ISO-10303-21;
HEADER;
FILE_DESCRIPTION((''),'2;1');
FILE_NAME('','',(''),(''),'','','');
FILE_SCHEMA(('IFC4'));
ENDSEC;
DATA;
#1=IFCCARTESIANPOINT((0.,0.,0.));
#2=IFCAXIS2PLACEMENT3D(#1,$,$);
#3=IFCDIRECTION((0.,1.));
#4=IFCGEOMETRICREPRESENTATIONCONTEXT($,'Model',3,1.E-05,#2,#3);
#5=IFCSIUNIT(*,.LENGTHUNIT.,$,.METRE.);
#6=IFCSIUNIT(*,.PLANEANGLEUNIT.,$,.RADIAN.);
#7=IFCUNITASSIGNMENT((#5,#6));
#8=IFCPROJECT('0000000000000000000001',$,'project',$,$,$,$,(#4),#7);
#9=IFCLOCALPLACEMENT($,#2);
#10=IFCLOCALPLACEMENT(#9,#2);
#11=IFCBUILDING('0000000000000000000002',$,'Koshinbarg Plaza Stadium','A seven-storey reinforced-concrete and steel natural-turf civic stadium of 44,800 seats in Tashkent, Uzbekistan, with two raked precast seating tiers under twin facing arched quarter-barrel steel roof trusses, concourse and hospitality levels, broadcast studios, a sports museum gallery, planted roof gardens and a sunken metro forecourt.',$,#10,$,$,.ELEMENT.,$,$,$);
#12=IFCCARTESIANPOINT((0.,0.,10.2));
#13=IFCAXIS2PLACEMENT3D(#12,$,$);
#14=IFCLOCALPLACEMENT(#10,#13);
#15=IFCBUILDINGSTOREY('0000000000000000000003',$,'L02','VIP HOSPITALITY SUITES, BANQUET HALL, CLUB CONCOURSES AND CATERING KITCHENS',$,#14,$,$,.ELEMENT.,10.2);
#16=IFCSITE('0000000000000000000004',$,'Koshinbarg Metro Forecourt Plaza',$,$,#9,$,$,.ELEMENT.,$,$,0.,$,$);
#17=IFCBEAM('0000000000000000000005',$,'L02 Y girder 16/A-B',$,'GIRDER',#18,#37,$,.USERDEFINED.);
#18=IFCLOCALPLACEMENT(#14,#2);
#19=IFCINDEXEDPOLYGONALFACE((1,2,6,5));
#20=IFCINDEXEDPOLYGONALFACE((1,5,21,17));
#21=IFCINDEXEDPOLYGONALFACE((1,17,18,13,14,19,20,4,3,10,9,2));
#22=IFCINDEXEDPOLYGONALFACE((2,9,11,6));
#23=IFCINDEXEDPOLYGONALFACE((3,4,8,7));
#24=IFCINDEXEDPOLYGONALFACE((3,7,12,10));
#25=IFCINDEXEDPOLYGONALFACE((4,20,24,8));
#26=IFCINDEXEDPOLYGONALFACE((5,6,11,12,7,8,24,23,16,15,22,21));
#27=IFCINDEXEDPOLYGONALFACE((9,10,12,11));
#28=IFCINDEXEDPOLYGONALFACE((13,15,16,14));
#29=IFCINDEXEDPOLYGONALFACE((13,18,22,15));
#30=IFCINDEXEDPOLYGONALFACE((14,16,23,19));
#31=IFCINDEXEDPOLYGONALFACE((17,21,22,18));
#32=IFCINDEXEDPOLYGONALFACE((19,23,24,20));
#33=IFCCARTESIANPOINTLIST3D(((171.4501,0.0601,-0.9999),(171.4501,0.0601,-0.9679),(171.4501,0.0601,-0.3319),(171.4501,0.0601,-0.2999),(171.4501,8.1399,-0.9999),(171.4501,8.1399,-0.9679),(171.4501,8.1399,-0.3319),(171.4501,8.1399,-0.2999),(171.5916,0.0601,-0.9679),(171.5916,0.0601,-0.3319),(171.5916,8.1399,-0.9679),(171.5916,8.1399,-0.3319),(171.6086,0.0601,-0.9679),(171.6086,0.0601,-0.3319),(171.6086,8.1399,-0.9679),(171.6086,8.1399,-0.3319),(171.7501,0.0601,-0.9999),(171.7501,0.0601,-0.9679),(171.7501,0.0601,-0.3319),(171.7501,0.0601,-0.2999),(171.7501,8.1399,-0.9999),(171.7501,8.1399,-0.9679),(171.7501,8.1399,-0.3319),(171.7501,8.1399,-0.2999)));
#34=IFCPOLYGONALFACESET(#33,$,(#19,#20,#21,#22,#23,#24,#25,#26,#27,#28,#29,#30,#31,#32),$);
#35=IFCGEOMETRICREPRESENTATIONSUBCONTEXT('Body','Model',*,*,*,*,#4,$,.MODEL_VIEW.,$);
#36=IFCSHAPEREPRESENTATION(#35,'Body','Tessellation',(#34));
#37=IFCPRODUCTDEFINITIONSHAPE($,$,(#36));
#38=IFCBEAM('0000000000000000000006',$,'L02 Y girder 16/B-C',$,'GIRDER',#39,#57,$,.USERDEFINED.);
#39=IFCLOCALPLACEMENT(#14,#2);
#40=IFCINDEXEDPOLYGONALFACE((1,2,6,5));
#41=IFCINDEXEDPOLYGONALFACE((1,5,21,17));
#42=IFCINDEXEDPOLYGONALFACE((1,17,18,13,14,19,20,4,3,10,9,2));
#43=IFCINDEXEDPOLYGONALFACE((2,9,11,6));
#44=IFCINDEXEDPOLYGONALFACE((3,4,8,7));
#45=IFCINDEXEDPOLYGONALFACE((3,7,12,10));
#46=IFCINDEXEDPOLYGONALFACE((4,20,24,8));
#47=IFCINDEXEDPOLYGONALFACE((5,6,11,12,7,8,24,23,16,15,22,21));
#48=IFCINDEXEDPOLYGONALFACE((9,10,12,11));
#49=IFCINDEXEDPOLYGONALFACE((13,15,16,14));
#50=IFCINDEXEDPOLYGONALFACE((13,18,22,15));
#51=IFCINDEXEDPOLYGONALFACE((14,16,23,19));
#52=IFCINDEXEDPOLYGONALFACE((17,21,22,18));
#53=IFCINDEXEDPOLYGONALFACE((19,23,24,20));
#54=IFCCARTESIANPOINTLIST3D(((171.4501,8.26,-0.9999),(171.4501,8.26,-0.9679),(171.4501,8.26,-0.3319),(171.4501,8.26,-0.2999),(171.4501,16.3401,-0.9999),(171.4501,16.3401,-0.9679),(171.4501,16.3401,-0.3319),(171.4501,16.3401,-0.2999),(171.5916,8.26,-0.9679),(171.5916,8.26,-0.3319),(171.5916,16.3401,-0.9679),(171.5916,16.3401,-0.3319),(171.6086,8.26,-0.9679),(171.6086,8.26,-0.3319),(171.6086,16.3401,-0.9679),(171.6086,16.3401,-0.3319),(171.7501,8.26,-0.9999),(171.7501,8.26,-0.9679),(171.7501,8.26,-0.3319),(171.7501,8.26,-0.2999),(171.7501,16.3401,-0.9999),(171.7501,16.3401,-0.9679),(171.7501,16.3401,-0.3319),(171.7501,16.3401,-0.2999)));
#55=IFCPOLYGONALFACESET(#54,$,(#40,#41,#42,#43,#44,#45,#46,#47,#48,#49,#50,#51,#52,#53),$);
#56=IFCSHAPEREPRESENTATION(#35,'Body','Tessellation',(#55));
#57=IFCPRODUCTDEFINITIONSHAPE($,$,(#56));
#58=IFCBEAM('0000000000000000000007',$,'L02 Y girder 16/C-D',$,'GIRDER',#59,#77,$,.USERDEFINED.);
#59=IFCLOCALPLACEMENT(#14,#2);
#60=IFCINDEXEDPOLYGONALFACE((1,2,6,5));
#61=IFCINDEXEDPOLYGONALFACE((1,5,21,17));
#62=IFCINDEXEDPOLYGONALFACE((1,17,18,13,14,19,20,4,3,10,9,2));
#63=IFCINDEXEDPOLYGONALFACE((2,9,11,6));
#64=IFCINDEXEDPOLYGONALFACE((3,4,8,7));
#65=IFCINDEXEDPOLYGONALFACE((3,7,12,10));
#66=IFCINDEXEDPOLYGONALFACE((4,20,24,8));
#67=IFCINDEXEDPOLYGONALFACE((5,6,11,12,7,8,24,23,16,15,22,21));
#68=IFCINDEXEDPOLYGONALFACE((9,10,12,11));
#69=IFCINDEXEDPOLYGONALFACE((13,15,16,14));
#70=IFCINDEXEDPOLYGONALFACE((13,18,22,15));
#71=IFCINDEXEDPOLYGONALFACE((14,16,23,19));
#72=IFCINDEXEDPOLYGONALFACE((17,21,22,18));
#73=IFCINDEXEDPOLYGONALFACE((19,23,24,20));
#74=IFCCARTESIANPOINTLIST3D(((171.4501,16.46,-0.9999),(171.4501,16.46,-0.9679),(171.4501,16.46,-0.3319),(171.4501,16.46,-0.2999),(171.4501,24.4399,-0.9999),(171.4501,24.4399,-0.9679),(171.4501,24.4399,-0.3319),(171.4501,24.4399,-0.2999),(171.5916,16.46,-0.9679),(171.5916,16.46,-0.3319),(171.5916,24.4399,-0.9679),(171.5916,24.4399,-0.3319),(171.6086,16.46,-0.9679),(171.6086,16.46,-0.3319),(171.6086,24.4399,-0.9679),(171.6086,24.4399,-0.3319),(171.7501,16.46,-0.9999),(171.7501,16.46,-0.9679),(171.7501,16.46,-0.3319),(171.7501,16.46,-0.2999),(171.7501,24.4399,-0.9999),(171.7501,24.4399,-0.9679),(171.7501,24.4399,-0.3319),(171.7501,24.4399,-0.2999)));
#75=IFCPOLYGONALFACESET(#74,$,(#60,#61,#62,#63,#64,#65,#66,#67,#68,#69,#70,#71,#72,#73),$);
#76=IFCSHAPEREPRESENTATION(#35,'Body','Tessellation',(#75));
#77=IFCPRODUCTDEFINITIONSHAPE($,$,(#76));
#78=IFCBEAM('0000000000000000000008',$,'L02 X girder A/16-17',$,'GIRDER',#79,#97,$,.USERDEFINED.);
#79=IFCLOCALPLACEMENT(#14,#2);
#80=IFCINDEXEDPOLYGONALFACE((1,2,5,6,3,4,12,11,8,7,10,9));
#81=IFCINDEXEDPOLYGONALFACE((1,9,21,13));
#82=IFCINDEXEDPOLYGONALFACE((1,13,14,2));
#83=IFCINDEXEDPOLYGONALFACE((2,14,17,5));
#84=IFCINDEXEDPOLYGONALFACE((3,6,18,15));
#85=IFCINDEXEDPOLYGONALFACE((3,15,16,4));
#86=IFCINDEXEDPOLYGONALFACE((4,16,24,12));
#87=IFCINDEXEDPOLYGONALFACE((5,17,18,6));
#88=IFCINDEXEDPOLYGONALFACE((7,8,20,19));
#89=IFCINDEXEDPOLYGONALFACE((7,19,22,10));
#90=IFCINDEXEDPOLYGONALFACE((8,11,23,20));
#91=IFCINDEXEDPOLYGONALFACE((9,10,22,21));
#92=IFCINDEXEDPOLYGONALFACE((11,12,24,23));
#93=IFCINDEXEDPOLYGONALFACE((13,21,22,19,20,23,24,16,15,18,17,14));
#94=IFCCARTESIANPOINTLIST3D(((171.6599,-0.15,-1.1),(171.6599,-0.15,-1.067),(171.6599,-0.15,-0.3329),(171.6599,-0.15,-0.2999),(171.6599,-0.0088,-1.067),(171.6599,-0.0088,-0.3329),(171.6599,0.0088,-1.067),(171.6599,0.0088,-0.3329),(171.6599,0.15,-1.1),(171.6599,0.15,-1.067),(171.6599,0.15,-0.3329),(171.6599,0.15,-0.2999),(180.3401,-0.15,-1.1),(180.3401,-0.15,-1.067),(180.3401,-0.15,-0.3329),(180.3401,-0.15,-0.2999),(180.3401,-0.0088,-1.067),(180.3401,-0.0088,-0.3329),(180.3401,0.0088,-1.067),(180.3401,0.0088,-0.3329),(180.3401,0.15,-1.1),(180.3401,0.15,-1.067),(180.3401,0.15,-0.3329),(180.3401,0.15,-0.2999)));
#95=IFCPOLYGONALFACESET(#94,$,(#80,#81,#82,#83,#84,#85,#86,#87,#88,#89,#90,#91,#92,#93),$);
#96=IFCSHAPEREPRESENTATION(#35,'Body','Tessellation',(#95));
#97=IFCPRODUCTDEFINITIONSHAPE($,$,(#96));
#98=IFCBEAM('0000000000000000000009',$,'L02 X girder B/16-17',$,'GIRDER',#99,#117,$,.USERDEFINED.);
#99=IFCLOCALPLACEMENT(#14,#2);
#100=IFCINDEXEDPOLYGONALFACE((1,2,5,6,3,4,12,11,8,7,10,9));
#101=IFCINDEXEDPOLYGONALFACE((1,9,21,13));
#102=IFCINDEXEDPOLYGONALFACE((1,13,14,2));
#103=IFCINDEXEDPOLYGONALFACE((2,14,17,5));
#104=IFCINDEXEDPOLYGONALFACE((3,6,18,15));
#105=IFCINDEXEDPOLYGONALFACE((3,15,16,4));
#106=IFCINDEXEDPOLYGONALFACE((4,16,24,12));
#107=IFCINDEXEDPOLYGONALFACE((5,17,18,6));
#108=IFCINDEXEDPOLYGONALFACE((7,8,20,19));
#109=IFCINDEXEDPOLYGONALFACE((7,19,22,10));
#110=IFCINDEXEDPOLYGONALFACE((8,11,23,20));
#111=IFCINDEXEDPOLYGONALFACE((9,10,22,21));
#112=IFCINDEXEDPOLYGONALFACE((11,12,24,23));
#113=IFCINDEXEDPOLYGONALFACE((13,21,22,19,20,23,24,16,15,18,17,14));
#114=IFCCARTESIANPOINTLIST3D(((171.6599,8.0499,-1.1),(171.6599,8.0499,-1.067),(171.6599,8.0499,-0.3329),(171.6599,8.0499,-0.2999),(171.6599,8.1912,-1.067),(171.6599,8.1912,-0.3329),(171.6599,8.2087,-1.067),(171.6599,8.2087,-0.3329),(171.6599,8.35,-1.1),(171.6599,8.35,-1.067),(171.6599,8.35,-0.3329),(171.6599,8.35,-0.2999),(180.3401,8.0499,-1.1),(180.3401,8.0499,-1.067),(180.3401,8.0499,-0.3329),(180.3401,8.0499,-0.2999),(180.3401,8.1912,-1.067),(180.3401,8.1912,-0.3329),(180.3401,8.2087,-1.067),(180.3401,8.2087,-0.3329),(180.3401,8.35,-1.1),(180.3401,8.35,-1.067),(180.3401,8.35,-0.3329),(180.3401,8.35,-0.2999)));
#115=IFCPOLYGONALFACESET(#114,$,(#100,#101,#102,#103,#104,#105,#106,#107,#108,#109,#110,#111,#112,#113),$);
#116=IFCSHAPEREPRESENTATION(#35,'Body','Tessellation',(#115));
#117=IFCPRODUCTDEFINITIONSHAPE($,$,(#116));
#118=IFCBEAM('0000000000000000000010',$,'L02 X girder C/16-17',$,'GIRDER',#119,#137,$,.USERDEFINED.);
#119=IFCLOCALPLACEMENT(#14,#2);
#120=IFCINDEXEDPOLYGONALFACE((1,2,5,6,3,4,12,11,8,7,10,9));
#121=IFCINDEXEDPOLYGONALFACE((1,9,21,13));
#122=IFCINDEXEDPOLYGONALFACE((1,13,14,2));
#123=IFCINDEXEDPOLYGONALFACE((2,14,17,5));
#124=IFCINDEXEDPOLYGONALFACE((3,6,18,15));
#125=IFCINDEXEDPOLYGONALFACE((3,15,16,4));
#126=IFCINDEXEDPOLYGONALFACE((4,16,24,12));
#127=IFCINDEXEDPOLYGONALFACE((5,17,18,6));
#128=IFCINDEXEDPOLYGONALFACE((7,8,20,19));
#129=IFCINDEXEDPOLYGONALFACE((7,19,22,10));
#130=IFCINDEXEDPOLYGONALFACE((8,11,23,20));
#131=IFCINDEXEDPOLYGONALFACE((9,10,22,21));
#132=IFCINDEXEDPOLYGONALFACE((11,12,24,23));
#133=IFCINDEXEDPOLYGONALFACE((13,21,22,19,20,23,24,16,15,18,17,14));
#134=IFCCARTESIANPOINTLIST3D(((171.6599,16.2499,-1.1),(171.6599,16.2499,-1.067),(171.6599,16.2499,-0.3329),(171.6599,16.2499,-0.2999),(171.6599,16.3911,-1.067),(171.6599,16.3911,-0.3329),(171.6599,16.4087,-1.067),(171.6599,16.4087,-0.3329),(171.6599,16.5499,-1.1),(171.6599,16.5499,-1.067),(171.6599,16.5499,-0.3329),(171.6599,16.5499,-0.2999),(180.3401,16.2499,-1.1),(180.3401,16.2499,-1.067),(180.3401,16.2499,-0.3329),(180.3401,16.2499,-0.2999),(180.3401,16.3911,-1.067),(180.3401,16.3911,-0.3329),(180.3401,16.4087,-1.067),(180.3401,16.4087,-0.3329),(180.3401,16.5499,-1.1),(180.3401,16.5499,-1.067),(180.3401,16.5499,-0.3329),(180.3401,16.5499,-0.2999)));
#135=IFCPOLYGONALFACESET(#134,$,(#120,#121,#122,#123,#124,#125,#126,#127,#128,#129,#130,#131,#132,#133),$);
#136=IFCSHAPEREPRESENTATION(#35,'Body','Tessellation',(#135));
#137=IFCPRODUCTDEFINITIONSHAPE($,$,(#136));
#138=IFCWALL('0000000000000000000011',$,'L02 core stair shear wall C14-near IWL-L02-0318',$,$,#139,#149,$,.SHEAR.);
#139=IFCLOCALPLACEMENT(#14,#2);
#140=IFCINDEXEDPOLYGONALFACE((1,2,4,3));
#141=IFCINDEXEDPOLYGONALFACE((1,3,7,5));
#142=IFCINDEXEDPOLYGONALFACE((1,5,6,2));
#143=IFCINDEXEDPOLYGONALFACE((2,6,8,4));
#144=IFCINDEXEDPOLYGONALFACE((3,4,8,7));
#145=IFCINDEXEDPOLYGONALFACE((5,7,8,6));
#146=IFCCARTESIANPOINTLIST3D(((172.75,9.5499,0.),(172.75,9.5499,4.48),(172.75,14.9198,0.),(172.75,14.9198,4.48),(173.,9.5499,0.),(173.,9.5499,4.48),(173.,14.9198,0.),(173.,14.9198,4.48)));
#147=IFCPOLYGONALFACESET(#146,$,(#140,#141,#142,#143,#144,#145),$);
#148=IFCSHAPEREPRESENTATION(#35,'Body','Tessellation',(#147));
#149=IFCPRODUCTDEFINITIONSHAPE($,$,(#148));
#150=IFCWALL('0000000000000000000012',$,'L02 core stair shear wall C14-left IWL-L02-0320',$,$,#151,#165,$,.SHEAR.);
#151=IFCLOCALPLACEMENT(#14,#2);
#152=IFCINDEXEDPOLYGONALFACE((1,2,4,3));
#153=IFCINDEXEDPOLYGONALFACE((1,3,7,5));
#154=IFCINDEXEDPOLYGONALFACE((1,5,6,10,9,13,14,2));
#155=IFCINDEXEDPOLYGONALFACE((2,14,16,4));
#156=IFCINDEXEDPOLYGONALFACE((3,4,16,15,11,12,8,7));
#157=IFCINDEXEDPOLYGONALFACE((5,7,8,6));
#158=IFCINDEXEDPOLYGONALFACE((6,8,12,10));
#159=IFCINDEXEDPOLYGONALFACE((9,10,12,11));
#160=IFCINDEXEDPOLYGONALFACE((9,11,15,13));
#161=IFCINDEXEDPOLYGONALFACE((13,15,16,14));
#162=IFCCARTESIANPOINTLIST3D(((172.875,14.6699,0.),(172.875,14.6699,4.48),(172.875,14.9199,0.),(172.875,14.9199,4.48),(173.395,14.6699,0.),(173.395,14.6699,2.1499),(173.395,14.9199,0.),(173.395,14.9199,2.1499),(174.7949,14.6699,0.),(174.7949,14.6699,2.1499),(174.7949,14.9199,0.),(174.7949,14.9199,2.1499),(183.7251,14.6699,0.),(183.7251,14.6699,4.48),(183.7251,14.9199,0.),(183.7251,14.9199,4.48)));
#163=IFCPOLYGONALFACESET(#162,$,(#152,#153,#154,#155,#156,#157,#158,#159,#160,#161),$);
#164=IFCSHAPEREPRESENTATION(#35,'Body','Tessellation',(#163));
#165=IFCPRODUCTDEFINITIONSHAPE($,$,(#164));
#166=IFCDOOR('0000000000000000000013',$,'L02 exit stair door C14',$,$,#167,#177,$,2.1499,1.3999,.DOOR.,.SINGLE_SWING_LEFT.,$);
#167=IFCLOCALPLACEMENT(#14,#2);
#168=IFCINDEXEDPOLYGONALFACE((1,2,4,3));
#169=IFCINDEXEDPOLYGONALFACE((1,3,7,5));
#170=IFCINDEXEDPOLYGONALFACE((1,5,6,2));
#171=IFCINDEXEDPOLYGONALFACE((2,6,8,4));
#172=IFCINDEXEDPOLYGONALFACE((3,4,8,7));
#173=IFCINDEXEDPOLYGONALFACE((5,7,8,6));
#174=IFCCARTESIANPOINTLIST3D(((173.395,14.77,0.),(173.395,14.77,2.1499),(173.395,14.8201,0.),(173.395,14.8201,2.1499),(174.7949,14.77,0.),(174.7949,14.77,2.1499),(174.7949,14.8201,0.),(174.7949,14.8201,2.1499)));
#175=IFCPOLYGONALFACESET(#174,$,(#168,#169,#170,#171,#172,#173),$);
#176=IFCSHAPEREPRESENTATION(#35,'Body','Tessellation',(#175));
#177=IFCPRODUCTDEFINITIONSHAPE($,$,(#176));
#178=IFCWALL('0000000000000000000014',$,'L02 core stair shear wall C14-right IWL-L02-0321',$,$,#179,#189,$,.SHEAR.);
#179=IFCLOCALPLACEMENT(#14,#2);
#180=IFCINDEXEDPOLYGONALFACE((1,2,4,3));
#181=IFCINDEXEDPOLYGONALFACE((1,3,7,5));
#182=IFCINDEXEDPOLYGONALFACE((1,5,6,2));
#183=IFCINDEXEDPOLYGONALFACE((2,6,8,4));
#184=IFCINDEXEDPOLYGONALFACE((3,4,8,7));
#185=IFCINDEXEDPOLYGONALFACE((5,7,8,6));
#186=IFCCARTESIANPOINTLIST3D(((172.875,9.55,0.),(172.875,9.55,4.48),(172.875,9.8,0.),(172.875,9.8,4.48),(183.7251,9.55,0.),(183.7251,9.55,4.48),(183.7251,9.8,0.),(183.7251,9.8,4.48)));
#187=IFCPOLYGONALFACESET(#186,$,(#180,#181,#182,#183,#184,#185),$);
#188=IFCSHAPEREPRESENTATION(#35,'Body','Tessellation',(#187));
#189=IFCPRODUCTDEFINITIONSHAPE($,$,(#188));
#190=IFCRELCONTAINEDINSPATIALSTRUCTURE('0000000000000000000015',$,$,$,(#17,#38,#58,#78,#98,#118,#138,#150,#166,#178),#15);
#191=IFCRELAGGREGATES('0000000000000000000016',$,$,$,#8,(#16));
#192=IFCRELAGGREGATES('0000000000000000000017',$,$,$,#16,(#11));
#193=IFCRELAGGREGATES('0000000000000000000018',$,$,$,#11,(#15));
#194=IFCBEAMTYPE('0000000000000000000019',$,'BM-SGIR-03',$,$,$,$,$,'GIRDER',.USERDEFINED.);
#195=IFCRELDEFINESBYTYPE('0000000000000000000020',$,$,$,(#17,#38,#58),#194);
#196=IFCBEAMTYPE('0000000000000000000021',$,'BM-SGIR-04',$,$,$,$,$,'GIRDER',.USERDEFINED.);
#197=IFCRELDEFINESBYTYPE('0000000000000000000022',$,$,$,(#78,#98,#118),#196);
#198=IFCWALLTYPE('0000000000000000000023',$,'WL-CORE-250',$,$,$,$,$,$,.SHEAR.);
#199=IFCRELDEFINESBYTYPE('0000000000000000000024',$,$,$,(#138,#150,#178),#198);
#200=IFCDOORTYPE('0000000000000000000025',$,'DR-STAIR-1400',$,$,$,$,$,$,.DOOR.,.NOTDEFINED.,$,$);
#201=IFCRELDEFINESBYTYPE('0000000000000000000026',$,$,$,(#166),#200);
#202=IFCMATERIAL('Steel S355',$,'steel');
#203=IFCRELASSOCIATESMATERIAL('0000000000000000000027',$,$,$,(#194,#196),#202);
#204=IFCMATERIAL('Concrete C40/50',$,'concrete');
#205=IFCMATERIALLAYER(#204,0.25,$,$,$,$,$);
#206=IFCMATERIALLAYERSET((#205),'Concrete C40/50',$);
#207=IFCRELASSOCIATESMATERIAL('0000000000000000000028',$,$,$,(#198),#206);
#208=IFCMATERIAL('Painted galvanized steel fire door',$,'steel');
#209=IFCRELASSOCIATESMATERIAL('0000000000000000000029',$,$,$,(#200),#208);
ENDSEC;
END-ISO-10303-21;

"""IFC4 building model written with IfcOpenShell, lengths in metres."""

from ifc_helpers import new_model, si_unit, direction, frame, frame_2d, origin, origin_2d, place, context, subcontext, project, spatial, rectangle, i_section, extrude, material, layer, layer_set, material_profile, profile_set, type_object, element, fill, save


model = new_model("IFC4")

# Units and contexts
model_context = context("Model", 3, precision=1e-05, world=origin(), true_north=direction((0.0, 1.0)))
body_context = subcontext(model_context, "Body", "Model", "MODEL_VIEW")
ifc_project = project(units=[si_unit("LENGTHUNIT", "METRE"), si_unit("PLANEANGLEUNIT", "RADIAN")], contexts=[model_context])

# Site, building, storey
site_placement = place(None, origin())
site = spatial("IfcSite", under=ifc_project, at=site_placement, Name="Koshinbarg Metro Forecourt Plaza", CompositionType="ELEMENT", RefElevation=0.0)
building_placement = place(site_placement, origin())
building = spatial("IfcBuilding", under=site, at=building_placement, Name="Koshinbarg Plaza Stadium", Description="A seven-storey reinforced-concrete and steel natural-turf civic stadium of 44,800 seats in Tashkent, Uzbekistan, with two raked precast seating tiers under twin facing arched quarter-barrel steel roof trusses, concourse and hospitality levels, broadcast studios, a sports museum gallery, planted roof gardens and a sunken metro forecourt.", CompositionType="ELEMENT")
storey_placement = place(building_placement, frame((0.0, 0.0, 10.2)))
storey = spatial("IfcBuildingStorey", under=building, at=storey_placement, Name="L02", Description="VIP HOSPITALITY SUITES, BANQUET HALL, CLUB CONCOURSES AND CATERING KITCHENS", CompositionType="ELEMENT", Elevation=10.2)

# Shared definitions
ifc_material_1 = material(Name="Concrete C40/50", Category="concrete")

# Beams
ifc_material_2 = material(Name="Steel S355", Category="steel")
ifc_material_profile_1 = material_profile(ifc_material_2, i_section(OverallWidth=0.3, OverallDepth=0.7, WebThickness=0.0171, FlangeThickness=0.032, at=origin_2d()), Name="HEB 700")
ifc_profile_set_1 = profile_set([ifc_material_profile_1], Name="Steel S355")
beam_type_1 = type_object("IfcBeamType", Name="BM-SGIR-03", ElementType="GIRDER", PredefinedType="USERDEFINED", material=ifc_profile_set_1)
beam_1_placement = place(storey_placement, frame((171.6001, 0.0601, -0.6499), z_axis=(0.0, 1.0, 0.0), x_axis=(-1.0, 0.0, 0.0)))
element("IfcBeam", 1, at=beam_1_placement, inside=storey, type_object=beam_type_1, Name="L02 Y girder 16/A-B", ObjectType="GIRDER", PredefinedType="USERDEFINED", context=body_context, shape_type="SweptSolid", body=[
    extrude(i_section(OverallWidth=0.3, OverallDepth=0.7, WebThickness=0.0171, FlangeThickness=0.032, at=origin_2d()), origin(), (0.0, 0.0, 1.0), 8.0798),
])
beam_2_placement = place(storey_placement, frame((171.6001, 8.26, -0.6499), z_axis=(0.0, 1.0, 0.0), x_axis=(-1.0, 0.0, 0.0)))
element("IfcBeam", 2, at=beam_2_placement, inside=storey, type_object=beam_type_1, Name="L02 Y girder 16/B-C", ObjectType="GIRDER", PredefinedType="USERDEFINED", context=body_context, shape_type="SweptSolid", body=[
    extrude(i_section(OverallWidth=0.3, OverallDepth=0.7, WebThickness=0.0171, FlangeThickness=0.032, at=origin_2d()), origin(), (0.0, 0.0, 1.0), 8.0801),
])
beam_3_placement = place(storey_placement, frame((171.6001, 16.46, -0.6499), z_axis=(0.0, 1.0, 0.0), x_axis=(-1.0, 0.0, 0.0)))
element("IfcBeam", 3, at=beam_3_placement, inside=storey, type_object=beam_type_1, Name="L02 Y girder 16/C-D", ObjectType="GIRDER", PredefinedType="USERDEFINED", context=body_context, shape_type="SweptSolid", body=[
    extrude(i_section(OverallWidth=0.3, OverallDepth=0.7, WebThickness=0.0171, FlangeThickness=0.032, at=origin_2d()), origin(), (0.0, 0.0, 1.0), 7.98),
])
ifc_material_profile_2 = material_profile(ifc_material_2, i_section(OverallWidth=0.3, OverallDepth=0.8, WebThickness=0.0176, FlangeThickness=0.033, at=origin_2d()), Name="HEB 800")
ifc_profile_set_2 = profile_set([ifc_material_profile_2], Name="Steel S355")
beam_type_2 = type_object("IfcBeamType", Name="BM-SGIR-04", ElementType="GIRDER", PredefinedType="USERDEFINED", material=ifc_profile_set_2)
for number, where, z_axis, x_axis, name in (
    (4, (171.6599, 0.0, -0.7), (1.0, 0.0, 0.0), (0.0, 1.0, 0.0), "L02 X girder A/16-17"),
    (5, (171.6599, 8.2, -0.7), (1.0, 0.0, 0.0), (0.0, 1.0, 0.0), "L02 X girder B/16-17"),
    (6, (171.6599, 16.3999, -0.7), (1.0, 0.0, 0.0), (0.0, 1.0, 0.0), "L02 X girder C/16-17"),
):
    element("IfcBeam", number, at=place(storey_placement, frame(where, z_axis=z_axis, x_axis=x_axis)), inside=storey, type_object=beam_type_2, Name=name, ObjectType="GIRDER", PredefinedType="USERDEFINED", context=body_context, shape_type="SweptSolid", body=[
        extrude(i_section(OverallWidth=0.3, OverallDepth=0.8, WebThickness=0.0176, FlangeThickness=0.033, at=origin_2d()), origin(), (0.0, 0.0, 1.0), 8.6802),
    ])

# Wall
ifc_layer_1 = layer(ifc_material_1, 0.25)
ifc_layer_set_1 = layer_set([ifc_layer_1], Name="Concrete C40/50")
wall_type_1 = type_object("IfcWallType", Name="WL-CORE-250", PredefinedType="SHEAR", material=ifc_layer_set_1)
wall_1_placement = place(storey_placement, frame((172.875, 14.9199, 0.0), z_axis=(0.0, 0.0, 1.0), x_axis=(0.0, -1.0, 0.0)))
element("IfcWall", 7, at=wall_1_placement, inside=storey, type_object=wall_type_1, Name="L02 core stair shear wall C14-near IWL-L02-0318", PredefinedType="SHEAR", context=body_context, shape_type="SweptSolid", body=[
    extrude(rectangle(XDim=5.3699, YDim=0.25, at=frame_2d((2.6851, 0.0))), origin(), (0.0, 0.0, 1.0), 4.48),
])

# Wall, opening, door
wall_2_placement = place(storey_placement, frame((172.875, 14.7949, 0.0), z_axis=(0.0, 0.0, 1.0), x_axis=(1.0, 0.0, 0.0)))
wall_2 = element("IfcWall", 8, at=wall_2_placement, inside=storey, type_object=wall_type_1, Name="L02 core stair shear wall C14-left IWL-L02-0320", PredefinedType="SHEAR", context=body_context, shape_type="SweptSolid", body=[
    extrude(rectangle(XDim=10.8501, YDim=0.25, at=frame_2d((5.425, 0.0))), origin(), (0.0, 0.0, 1.0), 4.48),
])
opening_1_placement = place(wall_2_placement, frame((0.52, 0.0, 0.0)))
opening_1 = element("IfcOpeningElement", 9, at=opening_1_placement, cuts=wall_2, PredefinedType="OPENING", context=body_context, shape_type="SweptSolid", body=[
    extrude(rectangle(XDim=1.3999, YDim=2.1499, at=frame_2d((0.7, 1.075))), frame((0.0, 0.135, 0.0), z_axis=(0.0, -1.0, 0.0), x_axis=(1.0, 0.0, 0.0)), (0.0, 0.0, 1.0), 0.27),
])
ifc_material_3 = material(Name="Painted galvanized steel fire door", Category="steel")
door_type_1 = type_object("IfcDoorType", Name="DR-STAIR-1400", OperationType="NOTDEFINED", PredefinedType="DOOR", material=ifc_material_3)
door_1_placement = place(opening_1_placement, frame((1.3999, 0.0, 0.0), z_axis=(0.0, 0.0, 1.0), x_axis=(-1.0, 0.0, 0.0)))
door_1 = element("IfcDoor", 10, at=door_1_placement, inside=storey, type_object=door_type_1, Name="L02 exit stair door C14", OperationType="SINGLE_SWING_LEFT", OverallHeight=2.1499, OverallWidth=1.3999, PredefinedType="DOOR", context=body_context, shape_type="SweptSolid", body=[
    extrude(rectangle(XDim=1.3999, YDim=2.1499, at=frame_2d((0.7, 1.075))), frame((0.0, 0.0249, 0.0), z_axis=(0.0, -1.0, 0.0), x_axis=(1.0, 0.0, 0.0)), (0.0, 0.0, 1.0), 0.05),
])
fill(opening_1, door_1)

# Wall
wall_3_placement = place(storey_placement, frame((172.875, 9.675, 0.0), z_axis=(0.0, 0.0, 1.0), x_axis=(1.0, 0.0, 0.0)))
element("IfcWall", 11, at=wall_3_placement, inside=storey, type_object=wall_type_1, Name="L02 core stair shear wall C14-right IWL-L02-0321", PredefinedType="SHEAR", context=body_context, shape_type="SweptSolid", body=[
    extrude(rectangle(XDim=10.8501, YDim=0.25, at=frame_2d((5.425, 0.0))), origin(), (0.0, 0.0, 1.0), 4.48),
])

save(model, "model.ifc")
